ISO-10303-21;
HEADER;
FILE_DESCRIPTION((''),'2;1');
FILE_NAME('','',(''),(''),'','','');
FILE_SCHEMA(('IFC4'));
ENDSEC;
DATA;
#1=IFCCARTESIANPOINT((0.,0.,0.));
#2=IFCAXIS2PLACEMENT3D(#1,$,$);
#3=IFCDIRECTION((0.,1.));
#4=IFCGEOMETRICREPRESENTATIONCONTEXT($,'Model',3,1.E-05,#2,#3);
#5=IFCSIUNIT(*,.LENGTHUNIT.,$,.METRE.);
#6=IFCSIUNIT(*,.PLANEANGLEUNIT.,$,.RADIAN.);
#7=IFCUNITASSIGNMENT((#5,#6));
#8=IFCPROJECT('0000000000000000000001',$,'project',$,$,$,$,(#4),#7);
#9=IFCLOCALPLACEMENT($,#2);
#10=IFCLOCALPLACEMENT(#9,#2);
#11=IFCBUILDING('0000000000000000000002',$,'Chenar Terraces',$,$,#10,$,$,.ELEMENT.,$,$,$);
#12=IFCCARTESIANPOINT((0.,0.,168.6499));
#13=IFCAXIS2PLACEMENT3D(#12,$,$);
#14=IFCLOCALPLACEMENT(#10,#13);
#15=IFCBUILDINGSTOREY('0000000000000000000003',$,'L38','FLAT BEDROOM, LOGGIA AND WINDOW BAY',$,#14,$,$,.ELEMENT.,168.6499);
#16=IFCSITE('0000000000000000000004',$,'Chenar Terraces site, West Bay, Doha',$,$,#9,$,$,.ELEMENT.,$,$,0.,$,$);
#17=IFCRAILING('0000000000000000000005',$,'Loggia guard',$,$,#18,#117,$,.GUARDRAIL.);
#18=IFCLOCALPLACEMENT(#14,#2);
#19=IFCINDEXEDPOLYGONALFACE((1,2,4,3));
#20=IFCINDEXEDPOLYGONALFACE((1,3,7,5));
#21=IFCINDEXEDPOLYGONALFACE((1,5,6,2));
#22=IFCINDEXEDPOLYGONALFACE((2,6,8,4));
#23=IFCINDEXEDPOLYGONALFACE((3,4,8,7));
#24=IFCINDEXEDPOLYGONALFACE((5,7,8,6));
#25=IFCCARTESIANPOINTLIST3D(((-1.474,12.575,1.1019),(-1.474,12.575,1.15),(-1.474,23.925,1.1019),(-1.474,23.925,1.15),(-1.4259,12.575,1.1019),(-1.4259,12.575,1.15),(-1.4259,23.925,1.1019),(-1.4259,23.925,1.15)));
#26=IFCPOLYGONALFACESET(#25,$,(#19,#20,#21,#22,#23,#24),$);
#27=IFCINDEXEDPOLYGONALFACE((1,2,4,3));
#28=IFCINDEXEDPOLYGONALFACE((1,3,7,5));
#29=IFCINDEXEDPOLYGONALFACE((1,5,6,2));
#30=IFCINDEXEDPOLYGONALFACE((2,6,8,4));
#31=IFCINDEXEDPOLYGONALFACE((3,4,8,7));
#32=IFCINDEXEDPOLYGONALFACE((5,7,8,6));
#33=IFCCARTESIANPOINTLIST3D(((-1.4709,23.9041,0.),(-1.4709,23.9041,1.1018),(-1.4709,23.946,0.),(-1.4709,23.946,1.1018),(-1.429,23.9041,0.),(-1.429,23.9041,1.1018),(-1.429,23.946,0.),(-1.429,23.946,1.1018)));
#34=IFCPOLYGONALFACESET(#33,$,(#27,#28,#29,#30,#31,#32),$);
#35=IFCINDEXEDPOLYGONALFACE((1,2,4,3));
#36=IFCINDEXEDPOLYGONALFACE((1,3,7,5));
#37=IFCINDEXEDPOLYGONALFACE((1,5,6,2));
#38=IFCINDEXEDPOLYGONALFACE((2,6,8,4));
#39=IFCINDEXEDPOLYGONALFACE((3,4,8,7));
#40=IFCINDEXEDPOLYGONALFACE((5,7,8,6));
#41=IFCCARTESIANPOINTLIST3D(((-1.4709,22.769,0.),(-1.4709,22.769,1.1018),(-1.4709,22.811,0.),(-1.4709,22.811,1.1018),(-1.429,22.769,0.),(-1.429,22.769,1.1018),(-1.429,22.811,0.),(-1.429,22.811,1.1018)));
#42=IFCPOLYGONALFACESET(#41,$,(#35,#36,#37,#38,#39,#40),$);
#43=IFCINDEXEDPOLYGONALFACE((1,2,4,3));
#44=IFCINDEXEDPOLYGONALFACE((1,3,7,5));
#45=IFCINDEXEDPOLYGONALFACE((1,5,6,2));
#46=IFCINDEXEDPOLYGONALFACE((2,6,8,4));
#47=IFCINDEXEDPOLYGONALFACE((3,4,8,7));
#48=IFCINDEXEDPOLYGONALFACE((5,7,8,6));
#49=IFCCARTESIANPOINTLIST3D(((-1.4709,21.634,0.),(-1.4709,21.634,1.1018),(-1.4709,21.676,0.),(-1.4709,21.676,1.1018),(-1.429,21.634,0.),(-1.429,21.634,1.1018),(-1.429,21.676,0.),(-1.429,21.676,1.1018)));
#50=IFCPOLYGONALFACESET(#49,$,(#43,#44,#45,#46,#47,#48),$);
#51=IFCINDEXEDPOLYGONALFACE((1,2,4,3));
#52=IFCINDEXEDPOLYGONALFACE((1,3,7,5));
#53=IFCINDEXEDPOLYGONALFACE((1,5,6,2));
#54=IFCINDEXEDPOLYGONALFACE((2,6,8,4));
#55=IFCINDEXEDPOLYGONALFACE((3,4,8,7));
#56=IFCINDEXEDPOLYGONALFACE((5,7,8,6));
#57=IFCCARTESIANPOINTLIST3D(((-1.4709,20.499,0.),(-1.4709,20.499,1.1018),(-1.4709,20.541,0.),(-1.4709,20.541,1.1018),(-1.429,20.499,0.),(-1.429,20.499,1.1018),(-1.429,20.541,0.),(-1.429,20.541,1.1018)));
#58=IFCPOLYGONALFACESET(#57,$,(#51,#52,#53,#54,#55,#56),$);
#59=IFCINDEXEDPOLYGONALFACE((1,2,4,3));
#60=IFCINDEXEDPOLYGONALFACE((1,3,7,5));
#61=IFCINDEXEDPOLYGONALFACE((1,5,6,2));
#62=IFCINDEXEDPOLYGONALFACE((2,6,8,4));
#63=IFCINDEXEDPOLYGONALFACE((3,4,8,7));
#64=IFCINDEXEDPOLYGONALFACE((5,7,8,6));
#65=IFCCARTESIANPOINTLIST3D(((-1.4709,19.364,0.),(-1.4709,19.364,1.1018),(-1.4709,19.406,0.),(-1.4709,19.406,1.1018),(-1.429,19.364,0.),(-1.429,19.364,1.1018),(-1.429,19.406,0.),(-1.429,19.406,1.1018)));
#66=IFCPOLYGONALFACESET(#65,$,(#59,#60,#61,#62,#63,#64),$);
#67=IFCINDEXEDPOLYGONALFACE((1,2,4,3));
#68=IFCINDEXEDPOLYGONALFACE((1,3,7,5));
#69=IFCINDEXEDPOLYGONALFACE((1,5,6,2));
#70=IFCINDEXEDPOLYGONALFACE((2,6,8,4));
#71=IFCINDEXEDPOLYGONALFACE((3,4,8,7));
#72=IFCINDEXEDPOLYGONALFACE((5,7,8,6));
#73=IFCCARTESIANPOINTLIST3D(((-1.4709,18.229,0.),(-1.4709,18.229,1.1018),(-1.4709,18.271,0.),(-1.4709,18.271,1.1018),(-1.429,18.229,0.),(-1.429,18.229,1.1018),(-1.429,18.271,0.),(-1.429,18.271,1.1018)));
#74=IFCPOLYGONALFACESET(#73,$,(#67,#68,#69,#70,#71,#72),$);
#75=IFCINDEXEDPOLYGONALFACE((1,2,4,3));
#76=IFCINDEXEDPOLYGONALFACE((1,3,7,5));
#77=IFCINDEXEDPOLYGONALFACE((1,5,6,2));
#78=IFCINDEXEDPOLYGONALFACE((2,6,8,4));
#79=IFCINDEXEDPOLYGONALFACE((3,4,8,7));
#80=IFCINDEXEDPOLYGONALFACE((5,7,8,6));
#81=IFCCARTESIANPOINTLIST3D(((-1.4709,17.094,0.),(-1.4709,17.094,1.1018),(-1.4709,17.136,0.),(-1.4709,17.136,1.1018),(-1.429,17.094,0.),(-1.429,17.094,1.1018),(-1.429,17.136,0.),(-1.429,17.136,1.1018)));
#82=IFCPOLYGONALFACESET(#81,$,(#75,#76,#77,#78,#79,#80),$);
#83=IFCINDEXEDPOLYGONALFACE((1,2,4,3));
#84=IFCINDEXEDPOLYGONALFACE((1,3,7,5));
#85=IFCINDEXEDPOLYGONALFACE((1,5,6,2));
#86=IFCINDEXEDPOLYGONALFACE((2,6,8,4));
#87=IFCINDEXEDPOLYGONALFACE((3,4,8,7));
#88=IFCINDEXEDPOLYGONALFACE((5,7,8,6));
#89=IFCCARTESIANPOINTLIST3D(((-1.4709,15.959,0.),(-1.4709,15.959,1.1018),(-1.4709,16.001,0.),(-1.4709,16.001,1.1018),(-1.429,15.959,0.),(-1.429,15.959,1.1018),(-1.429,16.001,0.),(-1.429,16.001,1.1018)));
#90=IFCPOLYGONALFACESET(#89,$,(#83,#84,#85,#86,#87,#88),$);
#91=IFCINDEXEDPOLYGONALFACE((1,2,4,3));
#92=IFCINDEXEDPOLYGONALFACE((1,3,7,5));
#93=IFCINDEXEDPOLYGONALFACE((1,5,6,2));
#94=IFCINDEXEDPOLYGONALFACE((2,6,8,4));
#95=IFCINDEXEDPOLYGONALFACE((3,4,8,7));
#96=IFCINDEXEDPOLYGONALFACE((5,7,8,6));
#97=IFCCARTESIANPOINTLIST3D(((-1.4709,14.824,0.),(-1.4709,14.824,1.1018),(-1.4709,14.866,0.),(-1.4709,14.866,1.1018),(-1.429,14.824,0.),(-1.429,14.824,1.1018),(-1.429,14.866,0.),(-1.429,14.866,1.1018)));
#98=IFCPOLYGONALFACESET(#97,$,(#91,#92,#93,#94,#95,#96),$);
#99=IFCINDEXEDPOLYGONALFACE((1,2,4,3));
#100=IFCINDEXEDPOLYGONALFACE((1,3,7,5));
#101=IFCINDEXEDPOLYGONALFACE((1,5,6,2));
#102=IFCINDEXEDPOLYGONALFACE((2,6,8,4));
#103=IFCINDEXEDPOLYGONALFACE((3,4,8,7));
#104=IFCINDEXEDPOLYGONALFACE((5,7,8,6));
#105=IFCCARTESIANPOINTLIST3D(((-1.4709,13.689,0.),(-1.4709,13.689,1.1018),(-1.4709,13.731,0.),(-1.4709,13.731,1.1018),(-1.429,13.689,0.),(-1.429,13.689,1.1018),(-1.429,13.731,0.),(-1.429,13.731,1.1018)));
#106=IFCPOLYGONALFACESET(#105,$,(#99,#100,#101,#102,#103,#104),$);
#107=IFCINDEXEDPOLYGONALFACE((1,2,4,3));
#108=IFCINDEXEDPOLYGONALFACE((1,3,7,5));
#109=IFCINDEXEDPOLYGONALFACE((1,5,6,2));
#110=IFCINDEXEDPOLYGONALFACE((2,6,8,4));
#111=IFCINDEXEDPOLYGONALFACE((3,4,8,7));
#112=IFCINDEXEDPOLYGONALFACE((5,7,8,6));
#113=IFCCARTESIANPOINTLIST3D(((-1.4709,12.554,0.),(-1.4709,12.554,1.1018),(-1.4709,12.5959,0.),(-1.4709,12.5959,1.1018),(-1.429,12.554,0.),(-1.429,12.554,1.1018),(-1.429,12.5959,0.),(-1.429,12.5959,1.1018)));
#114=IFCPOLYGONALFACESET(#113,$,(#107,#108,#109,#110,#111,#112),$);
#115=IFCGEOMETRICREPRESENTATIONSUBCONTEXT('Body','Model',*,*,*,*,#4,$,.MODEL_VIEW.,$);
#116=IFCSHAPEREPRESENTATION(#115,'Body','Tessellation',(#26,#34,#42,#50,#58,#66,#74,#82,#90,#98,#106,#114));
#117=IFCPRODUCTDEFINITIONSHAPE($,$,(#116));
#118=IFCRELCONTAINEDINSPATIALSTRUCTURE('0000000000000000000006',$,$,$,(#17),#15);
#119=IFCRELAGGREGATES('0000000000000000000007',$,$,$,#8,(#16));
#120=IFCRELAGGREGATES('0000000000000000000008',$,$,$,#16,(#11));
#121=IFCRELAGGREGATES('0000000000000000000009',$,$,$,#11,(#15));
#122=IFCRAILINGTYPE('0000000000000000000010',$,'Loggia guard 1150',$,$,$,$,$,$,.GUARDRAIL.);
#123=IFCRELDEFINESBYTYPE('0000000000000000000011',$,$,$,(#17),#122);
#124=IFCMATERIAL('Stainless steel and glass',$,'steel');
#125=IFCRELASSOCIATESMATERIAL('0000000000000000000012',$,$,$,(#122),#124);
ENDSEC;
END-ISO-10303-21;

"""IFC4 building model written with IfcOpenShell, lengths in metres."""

from ifc_helpers import new_model, si_unit, direction, frame, origin, origin_2d, place, context, subcontext, project, spatial, rectangle, extrude, material, type_object, element, save


model = new_model("IFC4")

# Units and contexts
model_context = context("Model", 3, precision=1e-05, world=origin(), true_north=direction((0.0, 1.0)))
body_context = subcontext(model_context, "Body", "Model", "MODEL_VIEW")
ifc_project = project(units=[si_unit("LENGTHUNIT", "METRE"), si_unit("PLANEANGLEUNIT", "RADIAN")], contexts=[model_context])

# Site, building, storey
site_placement = place(None, origin())
site = spatial("IfcSite", under=ifc_project, at=site_placement, Name="Chenar Terraces site, West Bay, Doha", CompositionType="ELEMENT", RefElevation=0.0)
building_placement = place(site_placement, origin())
building = spatial("IfcBuilding", under=site, at=building_placement, Name="Chenar Terraces", CompositionType="ELEMENT")
storey_placement = place(building_placement, frame((0.0, 0.0, 168.6499)))
storey = spatial("IfcBuildingStorey", under=building, at=storey_placement, Name="L38", Description="FLAT BEDROOM, LOGGIA AND WINDOW BAY", CompositionType="ELEMENT", Elevation=168.6499)

# Railing
ifc_material_1 = material(Name="Stainless steel and glass", Category="steel")
railing_type_1 = type_object("IfcRailingType", Name="Loggia guard 1150", PredefinedType="GUARDRAIL", material=ifc_material_1)
railing_1_placement = place(storey_placement, frame((-1.45, 23.925, 0.0)))
element("IfcRailing", 1, at=railing_1_placement, inside=storey, type_object=railing_type_1, Name="Loggia guard", PredefinedType="GUARDRAIL", context=body_context, shape_type="SweptSolid", body=[
    extrude(rectangle(XDim=0.0481, YDim=0.0481, at=origin_2d()), frame((0.0, 0.0, 1.126), z_axis=(0.0, -1.0, 0.0), x_axis=(1.0, 0.0, 0.0)), (0.0, 0.0, 1.0), 11.3501),
    extrude(rectangle(XDim=0.042, YDim=0.042, at=origin_2d()), origin(), (0.0, 0.0, 1.0), 1.1018),
    extrude(rectangle(XDim=0.042, YDim=0.042, at=origin_2d()), frame((0.0, -1.135, 0.0)), (0.0, 0.0, 1.0), 1.1018),
    extrude(rectangle(XDim=0.042, YDim=0.042, at=origin_2d()), frame((0.0, -2.27, 0.0)), (0.0, 0.0, 1.0), 1.1018),
    extrude(rectangle(XDim=0.042, YDim=0.042, at=origin_2d()), frame((0.0, -3.405, 0.0)), (0.0, 0.0, 1.0), 1.1018),
    extrude(rectangle(XDim=0.042, YDim=0.042, at=origin_2d()), frame((0.0, -4.54, 0.0)), (0.0, 0.0, 1.0), 1.1018),
    extrude(rectangle(XDim=0.042, YDim=0.042, at=origin_2d()), frame((0.0, -5.675, 0.0)), (0.0, 0.0, 1.0), 1.1018),
    extrude(rectangle(XDim=0.042, YDim=0.042, at=origin_2d()), frame((0.0, -6.8101, 0.0)), (0.0, 0.0, 1.0), 1.1018),
    extrude(rectangle(XDim=0.042, YDim=0.042, at=origin_2d()), frame((0.0, -7.9451, 0.0)), (0.0, 0.0, 1.0), 1.1018),
    extrude(rectangle(XDim=0.042, YDim=0.042, at=origin_2d()), frame((0.0, -9.0801, 0.0)), (0.0, 0.0, 1.0), 1.1018),
    extrude(rectangle(XDim=0.042, YDim=0.042, at=origin_2d()), frame((0.0, -10.2151, 0.0)), (0.0, 0.0, 1.0), 1.1018),
    extrude(rectangle(XDim=0.042, YDim=0.042, at=origin_2d()), frame((0.0, -11.3501, 0.0)), (0.0, 0.0, 1.0), 1.1018),
])

save(model, "model.ifc")
